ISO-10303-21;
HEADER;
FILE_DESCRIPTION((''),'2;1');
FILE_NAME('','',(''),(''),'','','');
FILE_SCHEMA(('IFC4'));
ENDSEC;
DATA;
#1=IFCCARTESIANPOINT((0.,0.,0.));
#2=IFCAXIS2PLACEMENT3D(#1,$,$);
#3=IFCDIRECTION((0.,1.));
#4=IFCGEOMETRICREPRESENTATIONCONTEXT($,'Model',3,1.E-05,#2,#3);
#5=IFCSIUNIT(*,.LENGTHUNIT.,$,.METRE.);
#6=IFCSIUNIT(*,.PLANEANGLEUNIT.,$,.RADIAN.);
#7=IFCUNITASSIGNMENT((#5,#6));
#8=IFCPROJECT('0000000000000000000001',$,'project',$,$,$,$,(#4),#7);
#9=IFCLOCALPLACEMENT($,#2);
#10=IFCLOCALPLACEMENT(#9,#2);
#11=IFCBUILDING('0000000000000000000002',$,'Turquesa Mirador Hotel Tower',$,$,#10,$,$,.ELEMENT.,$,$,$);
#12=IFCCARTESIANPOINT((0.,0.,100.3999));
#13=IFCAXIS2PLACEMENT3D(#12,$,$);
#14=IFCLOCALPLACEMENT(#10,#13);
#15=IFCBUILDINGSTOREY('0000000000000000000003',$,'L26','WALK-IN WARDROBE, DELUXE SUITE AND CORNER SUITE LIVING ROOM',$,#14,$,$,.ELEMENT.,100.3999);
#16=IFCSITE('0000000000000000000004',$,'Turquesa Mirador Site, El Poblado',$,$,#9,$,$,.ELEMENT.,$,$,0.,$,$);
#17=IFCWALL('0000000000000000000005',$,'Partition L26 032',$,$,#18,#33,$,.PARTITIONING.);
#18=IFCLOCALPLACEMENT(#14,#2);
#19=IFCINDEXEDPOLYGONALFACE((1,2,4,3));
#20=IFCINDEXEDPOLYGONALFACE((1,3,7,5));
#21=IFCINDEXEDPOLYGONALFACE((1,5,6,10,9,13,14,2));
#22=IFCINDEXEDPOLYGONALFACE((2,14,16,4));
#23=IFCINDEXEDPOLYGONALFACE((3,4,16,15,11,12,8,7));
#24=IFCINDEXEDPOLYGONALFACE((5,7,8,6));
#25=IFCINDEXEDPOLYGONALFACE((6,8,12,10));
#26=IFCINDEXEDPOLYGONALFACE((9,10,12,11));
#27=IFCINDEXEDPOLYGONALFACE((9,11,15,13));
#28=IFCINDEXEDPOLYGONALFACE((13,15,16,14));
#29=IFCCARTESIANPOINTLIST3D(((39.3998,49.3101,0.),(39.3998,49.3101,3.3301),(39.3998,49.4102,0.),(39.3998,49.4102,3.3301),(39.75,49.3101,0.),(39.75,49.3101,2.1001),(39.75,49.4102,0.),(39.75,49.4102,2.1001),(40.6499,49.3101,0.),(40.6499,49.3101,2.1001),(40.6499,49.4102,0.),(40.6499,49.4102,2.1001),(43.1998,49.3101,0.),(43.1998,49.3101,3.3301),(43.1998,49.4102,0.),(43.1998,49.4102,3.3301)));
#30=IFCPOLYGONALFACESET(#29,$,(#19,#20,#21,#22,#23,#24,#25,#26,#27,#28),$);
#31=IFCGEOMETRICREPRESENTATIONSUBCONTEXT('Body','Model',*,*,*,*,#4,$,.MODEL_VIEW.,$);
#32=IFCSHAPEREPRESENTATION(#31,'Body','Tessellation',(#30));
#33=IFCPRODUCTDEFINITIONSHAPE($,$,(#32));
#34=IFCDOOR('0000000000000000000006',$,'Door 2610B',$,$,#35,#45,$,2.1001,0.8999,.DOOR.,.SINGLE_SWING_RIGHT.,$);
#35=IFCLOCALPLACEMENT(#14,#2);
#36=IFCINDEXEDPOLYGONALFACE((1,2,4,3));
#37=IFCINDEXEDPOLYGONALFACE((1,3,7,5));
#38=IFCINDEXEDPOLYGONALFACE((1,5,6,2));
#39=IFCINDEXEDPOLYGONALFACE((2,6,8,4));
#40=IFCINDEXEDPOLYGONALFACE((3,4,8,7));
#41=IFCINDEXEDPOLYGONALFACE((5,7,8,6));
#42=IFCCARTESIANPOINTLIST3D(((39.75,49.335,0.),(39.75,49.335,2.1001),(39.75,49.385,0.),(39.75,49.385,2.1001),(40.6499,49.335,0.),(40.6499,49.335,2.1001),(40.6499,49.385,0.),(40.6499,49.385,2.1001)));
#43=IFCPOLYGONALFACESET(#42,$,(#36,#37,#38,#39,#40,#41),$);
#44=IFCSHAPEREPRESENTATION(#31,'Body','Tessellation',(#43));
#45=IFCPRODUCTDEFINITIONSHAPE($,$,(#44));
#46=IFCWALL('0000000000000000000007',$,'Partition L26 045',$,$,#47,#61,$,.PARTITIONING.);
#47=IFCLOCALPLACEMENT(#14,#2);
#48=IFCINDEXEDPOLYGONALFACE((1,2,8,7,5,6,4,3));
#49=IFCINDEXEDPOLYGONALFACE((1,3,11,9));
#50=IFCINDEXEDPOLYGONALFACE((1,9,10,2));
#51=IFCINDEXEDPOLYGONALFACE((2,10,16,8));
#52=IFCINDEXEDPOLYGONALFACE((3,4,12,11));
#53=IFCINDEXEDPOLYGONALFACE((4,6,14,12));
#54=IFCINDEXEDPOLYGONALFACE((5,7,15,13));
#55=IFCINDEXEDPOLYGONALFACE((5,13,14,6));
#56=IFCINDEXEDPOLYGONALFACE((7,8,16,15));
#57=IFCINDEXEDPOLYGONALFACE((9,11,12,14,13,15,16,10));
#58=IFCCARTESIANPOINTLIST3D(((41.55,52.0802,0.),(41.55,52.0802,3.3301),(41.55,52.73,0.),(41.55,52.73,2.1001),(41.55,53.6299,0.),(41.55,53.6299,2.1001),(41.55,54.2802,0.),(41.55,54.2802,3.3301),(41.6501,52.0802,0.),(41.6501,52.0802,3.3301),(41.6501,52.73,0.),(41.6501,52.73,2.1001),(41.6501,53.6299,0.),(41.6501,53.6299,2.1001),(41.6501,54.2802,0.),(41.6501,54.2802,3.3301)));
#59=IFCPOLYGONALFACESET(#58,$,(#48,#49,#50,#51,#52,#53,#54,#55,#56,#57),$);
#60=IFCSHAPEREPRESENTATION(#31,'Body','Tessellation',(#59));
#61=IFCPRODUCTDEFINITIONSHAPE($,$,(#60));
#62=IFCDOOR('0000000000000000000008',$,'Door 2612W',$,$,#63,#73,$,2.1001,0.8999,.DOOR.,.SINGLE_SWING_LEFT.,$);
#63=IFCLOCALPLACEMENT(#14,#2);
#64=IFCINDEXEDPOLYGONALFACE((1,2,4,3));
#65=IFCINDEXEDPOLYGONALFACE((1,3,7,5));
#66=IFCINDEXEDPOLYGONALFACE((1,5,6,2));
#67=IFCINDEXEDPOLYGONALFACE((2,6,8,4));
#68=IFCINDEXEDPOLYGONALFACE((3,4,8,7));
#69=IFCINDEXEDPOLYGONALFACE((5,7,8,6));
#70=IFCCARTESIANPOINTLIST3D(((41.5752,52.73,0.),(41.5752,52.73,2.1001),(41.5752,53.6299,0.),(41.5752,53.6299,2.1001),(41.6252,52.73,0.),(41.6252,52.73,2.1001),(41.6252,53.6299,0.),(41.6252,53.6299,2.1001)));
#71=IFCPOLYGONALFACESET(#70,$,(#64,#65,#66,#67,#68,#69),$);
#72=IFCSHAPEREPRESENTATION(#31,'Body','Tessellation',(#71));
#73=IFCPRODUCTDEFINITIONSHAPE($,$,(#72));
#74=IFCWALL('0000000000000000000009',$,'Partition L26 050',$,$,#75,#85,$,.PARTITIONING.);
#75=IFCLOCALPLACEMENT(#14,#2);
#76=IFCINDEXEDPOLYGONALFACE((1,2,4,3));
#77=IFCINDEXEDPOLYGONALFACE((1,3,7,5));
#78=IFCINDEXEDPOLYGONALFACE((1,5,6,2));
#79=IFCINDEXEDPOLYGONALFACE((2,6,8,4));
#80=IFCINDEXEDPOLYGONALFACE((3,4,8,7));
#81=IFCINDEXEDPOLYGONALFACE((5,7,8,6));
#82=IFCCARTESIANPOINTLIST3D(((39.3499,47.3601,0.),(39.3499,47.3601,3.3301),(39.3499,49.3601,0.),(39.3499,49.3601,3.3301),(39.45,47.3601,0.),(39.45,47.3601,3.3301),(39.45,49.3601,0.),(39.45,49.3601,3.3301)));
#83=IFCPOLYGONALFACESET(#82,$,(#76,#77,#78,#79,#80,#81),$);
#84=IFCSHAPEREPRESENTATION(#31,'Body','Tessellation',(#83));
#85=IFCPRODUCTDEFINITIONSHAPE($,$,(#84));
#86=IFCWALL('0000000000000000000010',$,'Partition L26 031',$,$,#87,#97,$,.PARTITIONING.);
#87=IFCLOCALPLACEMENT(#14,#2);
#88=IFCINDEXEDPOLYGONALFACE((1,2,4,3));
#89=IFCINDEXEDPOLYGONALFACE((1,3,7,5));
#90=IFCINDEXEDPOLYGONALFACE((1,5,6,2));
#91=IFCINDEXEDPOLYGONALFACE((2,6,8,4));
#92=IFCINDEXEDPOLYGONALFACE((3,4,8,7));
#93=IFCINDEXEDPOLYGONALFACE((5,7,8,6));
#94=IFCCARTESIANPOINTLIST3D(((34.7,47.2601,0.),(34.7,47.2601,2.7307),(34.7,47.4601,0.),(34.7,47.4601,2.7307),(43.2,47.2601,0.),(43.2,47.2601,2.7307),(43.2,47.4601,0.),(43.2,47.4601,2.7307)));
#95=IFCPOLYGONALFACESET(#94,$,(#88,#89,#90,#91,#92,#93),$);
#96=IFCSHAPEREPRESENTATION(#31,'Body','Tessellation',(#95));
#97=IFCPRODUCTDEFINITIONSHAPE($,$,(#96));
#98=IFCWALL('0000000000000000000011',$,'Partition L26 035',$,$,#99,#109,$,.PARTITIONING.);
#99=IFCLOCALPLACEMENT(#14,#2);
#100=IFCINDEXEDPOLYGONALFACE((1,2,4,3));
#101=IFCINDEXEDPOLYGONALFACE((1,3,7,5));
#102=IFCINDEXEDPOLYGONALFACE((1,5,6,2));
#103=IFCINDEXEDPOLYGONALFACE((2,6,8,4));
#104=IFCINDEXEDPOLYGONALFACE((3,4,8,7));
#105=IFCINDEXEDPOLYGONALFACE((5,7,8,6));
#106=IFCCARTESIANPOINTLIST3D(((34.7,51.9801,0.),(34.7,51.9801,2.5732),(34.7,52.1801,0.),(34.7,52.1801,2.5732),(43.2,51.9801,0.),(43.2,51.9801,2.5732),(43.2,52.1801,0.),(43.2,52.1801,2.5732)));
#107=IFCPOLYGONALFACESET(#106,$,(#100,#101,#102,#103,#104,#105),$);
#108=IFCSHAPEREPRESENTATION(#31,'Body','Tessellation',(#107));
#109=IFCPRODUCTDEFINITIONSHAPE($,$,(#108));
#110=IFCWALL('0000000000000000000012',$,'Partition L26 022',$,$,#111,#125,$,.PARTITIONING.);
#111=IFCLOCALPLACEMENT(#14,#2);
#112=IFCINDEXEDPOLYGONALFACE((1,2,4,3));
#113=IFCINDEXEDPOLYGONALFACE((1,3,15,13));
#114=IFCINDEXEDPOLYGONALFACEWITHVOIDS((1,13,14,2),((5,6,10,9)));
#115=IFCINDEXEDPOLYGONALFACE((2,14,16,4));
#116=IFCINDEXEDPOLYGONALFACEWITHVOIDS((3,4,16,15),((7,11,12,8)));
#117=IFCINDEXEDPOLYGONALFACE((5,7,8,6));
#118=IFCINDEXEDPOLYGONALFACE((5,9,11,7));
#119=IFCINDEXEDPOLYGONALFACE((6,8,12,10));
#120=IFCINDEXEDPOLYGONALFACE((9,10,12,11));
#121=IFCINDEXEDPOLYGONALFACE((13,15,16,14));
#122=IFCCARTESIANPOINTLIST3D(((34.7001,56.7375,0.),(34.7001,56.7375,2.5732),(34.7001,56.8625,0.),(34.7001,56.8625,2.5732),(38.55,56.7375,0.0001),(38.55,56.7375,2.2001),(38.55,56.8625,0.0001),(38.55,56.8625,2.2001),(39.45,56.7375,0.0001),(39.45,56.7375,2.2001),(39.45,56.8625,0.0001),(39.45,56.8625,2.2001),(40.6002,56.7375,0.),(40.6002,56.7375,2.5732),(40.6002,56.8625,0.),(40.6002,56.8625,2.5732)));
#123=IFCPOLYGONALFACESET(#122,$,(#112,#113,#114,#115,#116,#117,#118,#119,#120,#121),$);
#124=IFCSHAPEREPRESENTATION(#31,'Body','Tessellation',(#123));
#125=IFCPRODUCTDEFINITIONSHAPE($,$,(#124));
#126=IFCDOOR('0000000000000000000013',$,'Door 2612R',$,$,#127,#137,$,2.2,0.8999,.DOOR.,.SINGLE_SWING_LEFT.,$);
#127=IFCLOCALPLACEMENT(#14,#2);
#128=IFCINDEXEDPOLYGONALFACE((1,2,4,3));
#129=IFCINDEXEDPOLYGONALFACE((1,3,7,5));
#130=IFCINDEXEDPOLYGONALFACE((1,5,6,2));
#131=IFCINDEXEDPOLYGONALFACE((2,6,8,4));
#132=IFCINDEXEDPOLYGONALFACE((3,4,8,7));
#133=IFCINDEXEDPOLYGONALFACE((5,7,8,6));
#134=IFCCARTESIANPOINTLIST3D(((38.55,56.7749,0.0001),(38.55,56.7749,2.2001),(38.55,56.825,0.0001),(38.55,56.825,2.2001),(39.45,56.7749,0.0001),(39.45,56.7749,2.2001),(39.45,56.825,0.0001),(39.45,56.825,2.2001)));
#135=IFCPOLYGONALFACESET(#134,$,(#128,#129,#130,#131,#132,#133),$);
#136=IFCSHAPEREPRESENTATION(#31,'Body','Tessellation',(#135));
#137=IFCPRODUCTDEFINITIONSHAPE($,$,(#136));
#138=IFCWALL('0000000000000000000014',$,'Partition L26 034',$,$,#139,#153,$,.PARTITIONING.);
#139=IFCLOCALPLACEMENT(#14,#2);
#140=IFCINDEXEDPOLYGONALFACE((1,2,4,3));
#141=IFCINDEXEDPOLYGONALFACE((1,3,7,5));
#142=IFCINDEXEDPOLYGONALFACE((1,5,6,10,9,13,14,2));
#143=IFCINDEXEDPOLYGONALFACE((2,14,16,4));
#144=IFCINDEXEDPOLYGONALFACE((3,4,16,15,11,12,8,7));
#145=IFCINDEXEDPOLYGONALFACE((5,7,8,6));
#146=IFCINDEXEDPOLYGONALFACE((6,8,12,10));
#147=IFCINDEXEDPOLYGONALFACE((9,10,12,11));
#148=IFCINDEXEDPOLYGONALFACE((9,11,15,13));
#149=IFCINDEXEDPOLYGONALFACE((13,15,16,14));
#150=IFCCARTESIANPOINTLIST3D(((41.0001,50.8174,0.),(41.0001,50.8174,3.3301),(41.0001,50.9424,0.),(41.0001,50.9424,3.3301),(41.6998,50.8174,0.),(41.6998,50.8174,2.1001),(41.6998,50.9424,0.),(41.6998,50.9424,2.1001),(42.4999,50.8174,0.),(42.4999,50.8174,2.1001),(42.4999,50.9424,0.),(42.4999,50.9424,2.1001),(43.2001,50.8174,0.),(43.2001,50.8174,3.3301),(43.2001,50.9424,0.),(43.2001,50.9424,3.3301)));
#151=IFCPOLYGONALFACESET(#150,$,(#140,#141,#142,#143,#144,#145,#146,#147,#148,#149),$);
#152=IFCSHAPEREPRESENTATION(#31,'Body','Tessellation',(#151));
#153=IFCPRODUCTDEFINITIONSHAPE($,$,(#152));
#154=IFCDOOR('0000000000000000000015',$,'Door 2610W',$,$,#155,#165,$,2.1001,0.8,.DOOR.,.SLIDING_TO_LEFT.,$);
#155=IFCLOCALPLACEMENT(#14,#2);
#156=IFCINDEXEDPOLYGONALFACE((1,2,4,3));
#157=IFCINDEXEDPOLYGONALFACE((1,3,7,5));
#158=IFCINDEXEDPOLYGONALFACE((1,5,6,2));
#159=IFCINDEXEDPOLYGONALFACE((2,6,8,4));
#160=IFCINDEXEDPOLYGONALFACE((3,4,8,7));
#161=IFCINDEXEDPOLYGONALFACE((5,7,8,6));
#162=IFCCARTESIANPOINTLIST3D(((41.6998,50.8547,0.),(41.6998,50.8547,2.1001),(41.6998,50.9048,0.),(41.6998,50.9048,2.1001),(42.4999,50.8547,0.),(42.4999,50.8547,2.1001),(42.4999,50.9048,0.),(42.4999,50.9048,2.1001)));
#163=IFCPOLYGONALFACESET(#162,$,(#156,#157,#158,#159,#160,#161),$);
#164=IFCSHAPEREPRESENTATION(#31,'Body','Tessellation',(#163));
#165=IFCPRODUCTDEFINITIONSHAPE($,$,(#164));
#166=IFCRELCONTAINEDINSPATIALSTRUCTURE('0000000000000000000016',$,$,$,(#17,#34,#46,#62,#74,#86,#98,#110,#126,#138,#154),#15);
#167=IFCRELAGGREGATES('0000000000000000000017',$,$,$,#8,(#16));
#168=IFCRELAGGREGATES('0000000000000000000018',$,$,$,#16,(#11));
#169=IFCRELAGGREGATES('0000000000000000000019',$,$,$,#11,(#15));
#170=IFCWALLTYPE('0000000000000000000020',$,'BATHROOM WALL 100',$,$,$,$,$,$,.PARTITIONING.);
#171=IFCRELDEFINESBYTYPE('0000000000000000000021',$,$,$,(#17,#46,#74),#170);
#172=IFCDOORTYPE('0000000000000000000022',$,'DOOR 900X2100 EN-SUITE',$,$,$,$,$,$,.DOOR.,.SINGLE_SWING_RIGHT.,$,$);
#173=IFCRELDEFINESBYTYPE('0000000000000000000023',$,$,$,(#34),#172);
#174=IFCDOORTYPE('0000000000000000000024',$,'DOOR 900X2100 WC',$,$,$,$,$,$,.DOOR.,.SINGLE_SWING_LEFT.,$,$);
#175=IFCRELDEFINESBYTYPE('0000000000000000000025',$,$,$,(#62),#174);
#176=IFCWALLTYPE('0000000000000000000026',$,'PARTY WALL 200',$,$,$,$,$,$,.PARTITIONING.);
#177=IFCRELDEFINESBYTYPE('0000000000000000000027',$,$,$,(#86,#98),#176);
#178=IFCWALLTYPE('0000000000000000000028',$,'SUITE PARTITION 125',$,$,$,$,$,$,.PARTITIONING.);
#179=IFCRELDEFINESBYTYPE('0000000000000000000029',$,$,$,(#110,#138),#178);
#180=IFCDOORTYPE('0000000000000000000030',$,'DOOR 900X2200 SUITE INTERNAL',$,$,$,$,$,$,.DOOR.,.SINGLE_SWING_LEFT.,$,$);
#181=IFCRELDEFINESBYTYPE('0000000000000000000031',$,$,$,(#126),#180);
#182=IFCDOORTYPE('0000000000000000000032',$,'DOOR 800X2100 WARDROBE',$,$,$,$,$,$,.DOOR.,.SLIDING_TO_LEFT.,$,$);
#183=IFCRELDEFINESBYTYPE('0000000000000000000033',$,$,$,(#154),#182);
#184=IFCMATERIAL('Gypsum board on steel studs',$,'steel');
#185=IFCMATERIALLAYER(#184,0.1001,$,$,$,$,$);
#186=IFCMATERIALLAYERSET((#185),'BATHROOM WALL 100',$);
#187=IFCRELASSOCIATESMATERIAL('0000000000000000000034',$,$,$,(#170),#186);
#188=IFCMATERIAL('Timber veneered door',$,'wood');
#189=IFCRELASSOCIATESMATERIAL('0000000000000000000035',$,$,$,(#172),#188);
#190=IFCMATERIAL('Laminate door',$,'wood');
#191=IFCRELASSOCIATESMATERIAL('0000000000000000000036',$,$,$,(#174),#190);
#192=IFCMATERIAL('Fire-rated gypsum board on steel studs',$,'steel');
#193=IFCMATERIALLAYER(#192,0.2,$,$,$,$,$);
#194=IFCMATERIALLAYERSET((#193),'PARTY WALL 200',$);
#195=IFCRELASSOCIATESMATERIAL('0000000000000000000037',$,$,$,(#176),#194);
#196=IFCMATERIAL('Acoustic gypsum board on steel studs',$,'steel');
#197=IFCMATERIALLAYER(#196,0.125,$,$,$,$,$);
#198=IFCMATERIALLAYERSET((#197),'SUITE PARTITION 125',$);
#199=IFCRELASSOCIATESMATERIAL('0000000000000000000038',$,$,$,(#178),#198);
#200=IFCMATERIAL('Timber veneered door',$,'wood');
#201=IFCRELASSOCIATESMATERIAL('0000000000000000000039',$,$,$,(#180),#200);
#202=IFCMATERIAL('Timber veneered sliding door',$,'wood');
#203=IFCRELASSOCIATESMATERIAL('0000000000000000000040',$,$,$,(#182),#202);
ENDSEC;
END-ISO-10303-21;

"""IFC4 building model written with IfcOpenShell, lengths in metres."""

from ifc_helpers import new_model, si_unit, direction, frame, frame_2d, origin, place, context, subcontext, project, spatial, rectangle, extrude, material, layer, layer_set, type_object, element, fill, save


model = new_model("IFC4")

# Units and contexts
model_context = context("Model", 3, precision=1e-05, world=origin(), true_north=direction((0.0, 1.0)))
body_context = subcontext(model_context, "Body", "Model", "MODEL_VIEW")
ifc_project = project(units=[si_unit("LENGTHUNIT", "METRE"), si_unit("PLANEANGLEUNIT", "RADIAN")], contexts=[model_context])

# Site, building, storey
site_placement = place(None, origin())
site = spatial("IfcSite", under=ifc_project, at=site_placement, Name="Turquesa Mirador Site, El Poblado", CompositionType="ELEMENT", RefElevation=0.0)
building_placement = place(site_placement, origin())
building = spatial("IfcBuilding", under=site, at=building_placement, Name="Turquesa Mirador Hotel Tower", CompositionType="ELEMENT")
storey_placement = place(building_placement, frame((0.0, 0.0, 100.3999)))
storey = spatial("IfcBuildingStorey", under=building, at=storey_placement, Name="L26", Description="WALK-IN WARDROBE, DELUXE SUITE AND CORNER SUITE LIVING ROOM", CompositionType="ELEMENT", Elevation=100.3999)

# Walls, openings, doors
ifc_material_1 = material(Name="Gypsum board on steel studs", Category="steel")
ifc_layer_1 = layer(ifc_material_1, 0.1001)
ifc_layer_set_1 = layer_set([ifc_layer_1], Name="BATHROOM WALL 100")
wall_type_1 = type_object("IfcWallType", Name="BATHROOM WALL 100", PredefinedType="PARTITIONING", material=ifc_layer_set_1)
wall_1_placement = place(storey_placement, frame((39.3999, 49.3601, 0.0), z_axis=(0.0, 0.0, 1.0), x_axis=(1.0, 0.0, 0.0)))
wall_1 = element("IfcWall", 1, at=wall_1_placement, inside=storey, type_object=wall_type_1, Name="Partition L26 032", PredefinedType="PARTITIONING", context=body_context, shape_type="SweptSolid", body=[
    extrude(rectangle(XDim=3.8, YDim=0.1001, at=frame_2d((1.8999, 0.0))), origin(), (0.0, 0.0, 1.0), 3.3301),
])
opening_1_placement = place(wall_1_placement, frame((0.3501, 0.0, 0.0)))
opening_1 = element("IfcOpeningElement", 2, at=opening_1_placement, cuts=wall_1, PredefinedType="OPENING", context=body_context, shape_type="SweptSolid", body=[
    extrude(rectangle(XDim=0.8999, YDim=2.1001, at=frame_2d((0.45, 1.05))), frame((0.0, 0.0601, 0.0), z_axis=(0.0, -1.0, 0.0), x_axis=(1.0, 0.0, 0.0)), (0.0, 0.0, 1.0), 0.1201),
])
ifc_material_2 = material(Name="Timber veneered door", Category="wood")
door_type_1 = type_object("IfcDoorType", Name="DOOR 900X2100 EN-SUITE", OperationType="SINGLE_SWING_RIGHT", PredefinedType="DOOR", material=ifc_material_2)
door_1_placement = place(opening_1_placement, origin())
door_1 = element("IfcDoor", 3, at=door_1_placement, inside=storey, type_object=door_type_1, Name="Door 2610B", OperationType="SINGLE_SWING_RIGHT", OverallHeight=2.1001, OverallWidth=0.8999, PredefinedType="DOOR", context=body_context, shape_type="SweptSolid", body=[
    extrude(rectangle(XDim=0.8999, YDim=2.1001, at=frame_2d((0.45, 1.05))), frame((0.0, 0.0249, 0.0), z_axis=(0.0, -1.0, 0.0), x_axis=(1.0, 0.0, 0.0)), (0.0, 0.0, 1.0), 0.05),
])
fill(opening_1, door_1)
wall_2_placement = place(storey_placement, frame((41.6001, 52.0801, 0.0), z_axis=(0.0, 0.0, 1.0), x_axis=(0.0, 1.0, 0.0)))
wall_2 = element("IfcWall", 4, at=wall_2_placement, inside=storey, type_object=wall_type_1, Name="Partition L26 045", PredefinedType="PARTITIONING", context=body_context, shape_type="SweptSolid", body=[
    extrude(rectangle(XDim=2.2, YDim=0.1001, at=frame_2d((1.1001, 0.0))), origin(), (0.0, 0.0, 1.0), 3.3301),
])
opening_2_placement = place(wall_2_placement, frame((0.6499, 0.0, 0.0)))
opening_2 = element("IfcOpeningElement", 5, at=opening_2_placement, cuts=wall_2, PredefinedType="OPENING", context=body_context, shape_type="SweptSolid", body=[
    extrude(rectangle(XDim=0.8999, YDim=2.1001, at=frame_2d((0.45, 1.05))), frame((0.0, 0.0601, 0.0), z_axis=(0.0, -1.0, 0.0), x_axis=(1.0, 0.0, 0.0)), (0.0, 0.0, 1.0), 0.1201),
])
ifc_material_3 = material(Name="Laminate door", Category="wood")
door_type_2 = type_object("IfcDoorType", Name="DOOR 900X2100 WC", OperationType="SINGLE_SWING_LEFT", PredefinedType="DOOR", material=ifc_material_3)
door_2_placement = place(opening_2_placement, origin())
door_2 = element("IfcDoor", 6, at=door_2_placement, inside=storey, type_object=door_type_2, Name="Door 2612W", OperationType="SINGLE_SWING_LEFT", OverallHeight=2.1001, OverallWidth=0.8999, PredefinedType="DOOR", context=body_context, shape_type="SweptSolid", body=[
    extrude(rectangle(XDim=0.8999, YDim=2.1001, at=frame_2d((0.45, 1.05))), frame((0.0, 0.0249, 0.0), z_axis=(0.0, -1.0, 0.0), x_axis=(1.0, 0.0, 0.0)), (0.0, 0.0, 1.0), 0.05),
])
fill(opening_2, door_2)

# Walls
wall_3_placement = place(storey_placement, frame((39.3999, 47.3601, 0.0), z_axis=(0.0, 0.0, 1.0), x_axis=(0.0, 1.0, 0.0)))
element("IfcWall", 7, at=wall_3_placement, inside=storey, type_object=wall_type_1, Name="Partition L26 050", PredefinedType="PARTITIONING", context=body_context, shape_type="SweptSolid", body=[
    extrude(rectangle(XDim=2.0, YDim=0.1001, at=frame_2d((1.0, 0.0))), origin(), (0.0, 0.0, 1.0), 3.3301),
])
ifc_material_4 = material(Name="Fire-rated gypsum board on steel studs", Category="steel")
ifc_layer_2 = layer(ifc_material_4, 0.2)
ifc_layer_set_2 = layer_set([ifc_layer_2], Name="PARTY WALL 200")
wall_type_2 = type_object("IfcWallType", Name="PARTY WALL 200", PredefinedType="PARTITIONING", material=ifc_layer_set_2)
wall_4_placement = place(storey_placement, frame((34.7, 47.3601, 0.0), z_axis=(0.0, 0.0, 1.0), x_axis=(1.0, 0.0, 0.0)))
element("IfcWall", 8, at=wall_4_placement, inside=storey, type_object=wall_type_2, Name="Partition L26 031", PredefinedType="PARTITIONING", context=body_context, shape_type="SweptSolid", body=[
    extrude(rectangle(XDim=8.5, YDim=0.2, at=frame_2d((4.25, 0.0))), origin(), (0.0, 0.0, 1.0), 2.7307),
])
wall_5_placement = place(storey_placement, frame((34.7, 52.0801, 0.0), z_axis=(0.0, 0.0, 1.0), x_axis=(1.0, 0.0, 0.0)))
element("IfcWall", 9, at=wall_5_placement, inside=storey, type_object=wall_type_2, Name="Partition L26 035", PredefinedType="PARTITIONING", context=body_context, shape_type="SweptSolid", body=[
    extrude(rectangle(XDim=8.5, YDim=0.2, at=frame_2d((4.25, 0.0))), origin(), (0.0, 0.0, 1.0), 2.5732),
])

# Walls, openings, doors
ifc_material_5 = material(Name="Acoustic gypsum board on steel studs", Category="steel")
ifc_layer_3 = layer(ifc_material_5, 0.125)
ifc_layer_set_3 = layer_set([ifc_layer_3], Name="SUITE PARTITION 125")
wall_type_3 = type_object("IfcWallType", Name="SUITE PARTITION 125", PredefinedType="PARTITIONING", material=ifc_layer_set_3)
wall_6_placement = place(storey_placement, frame((34.7, 56.8, 0.0), z_axis=(0.0, 0.0, 1.0), x_axis=(1.0, 0.0, 0.0)))
wall_6 = element("IfcWall", 10, at=wall_6_placement, inside=storey, type_object=wall_type_3, Name="Partition L26 022", PredefinedType="PARTITIONING", context=body_context, shape_type="SweptSolid", body=[
    extrude(rectangle(XDim=5.9001, YDim=0.125, at=frame_2d((2.9502, 0.0))), origin(), (0.0, 0.0, 1.0), 2.5732),
])
opening_3_placement = place(wall_6_placement, frame((3.8501, 0.0, 0.0)))
opening_3 = element("IfcOpeningElement", 11, at=opening_3_placement, cuts=wall_6, PredefinedType="OPENING", context=body_context, shape_type="SweptSolid", body=[
    extrude(rectangle(XDim=0.8999, YDim=2.2, at=frame_2d((0.45, 1.1001))), frame((0.0, 0.0725, 0.0), z_axis=(0.0, -1.0, 0.0), x_axis=(1.0, 0.0, 0.0)), (0.0, 0.0, 1.0), 0.145),
])
ifc_material_6 = material(Name="Timber veneered door", Category="wood")
door_type_3 = type_object("IfcDoorType", Name="DOOR 900X2200 SUITE INTERNAL", OperationType="SINGLE_SWING_LEFT", PredefinedType="DOOR", material=ifc_material_6)
door_3_placement = place(opening_3_placement, origin())
door_3 = element("IfcDoor", 12, at=door_3_placement, inside=storey, type_object=door_type_3, Name="Door 2612R", OperationType="SINGLE_SWING_LEFT", OverallHeight=2.2, OverallWidth=0.8999, PredefinedType="DOOR", context=body_context, shape_type="SweptSolid", body=[
    extrude(rectangle(XDim=0.8999, YDim=2.2, at=frame_2d((0.45, 1.1001))), frame((0.0, 0.0249, 0.0), z_axis=(0.0, -1.0, 0.0), x_axis=(1.0, 0.0, 0.0)), (0.0, 0.0, 1.0), 0.05),
])
fill(opening_3, door_3)
wall_7_placement = place(storey_placement, frame((41.0, 50.8799, 0.0), z_axis=(0.0, 0.0, 1.0), x_axis=(1.0, 0.0, 0.0)))
wall_7 = element("IfcWall", 13, at=wall_7_placement, inside=storey, type_object=wall_type_3, Name="Partition L26 034", PredefinedType="PARTITIONING", context=body_context, shape_type="SweptSolid", body=[
    extrude(rectangle(XDim=2.2, YDim=0.125, at=frame_2d((1.1001, 0.0))), origin(), (0.0, 0.0, 1.0), 3.3301),
])
opening_4_placement = place(wall_7_placement, frame((0.7, 0.0, 0.0)))
opening_4 = element("IfcOpeningElement", 14, at=opening_4_placement, cuts=wall_7, PredefinedType="OPENING", context=body_context, shape_type="SweptSolid", body=[
    extrude(rectangle(XDim=0.8, YDim=2.1001, at=frame_2d((0.3999, 1.05))), frame((0.0, 0.0725, 0.0), z_axis=(0.0, -1.0, 0.0), x_axis=(1.0, 0.0, 0.0)), (0.0, 0.0, 1.0), 0.145),
])
ifc_material_7 = material(Name="Timber veneered sliding door", Category="wood")
door_type_4 = type_object("IfcDoorType", Name="DOOR 800X2100 WARDROBE", OperationType="SLIDING_TO_LEFT", PredefinedType="DOOR", material=ifc_material_7)
door_4_placement = place(opening_4_placement, origin())
door_4 = element("IfcDoor", 15, at=door_4_placement, inside=storey, type_object=door_type_4, Name="Door 2610W", OperationType="SLIDING_TO_LEFT", OverallHeight=2.1001, OverallWidth=0.8, PredefinedType="DOOR", context=body_context, shape_type="SweptSolid", body=[
    extrude(rectangle(XDim=0.8, YDim=2.1001, at=frame_2d((0.3999, 1.05))), frame((0.0, 0.0249, 0.0), z_axis=(0.0, -1.0, 0.0), x_axis=(1.0, 0.0, 0.0)), (0.0, 0.0, 1.0), 0.05),
])
fill(opening_4, door_4)

save(model, "model.ifc")
